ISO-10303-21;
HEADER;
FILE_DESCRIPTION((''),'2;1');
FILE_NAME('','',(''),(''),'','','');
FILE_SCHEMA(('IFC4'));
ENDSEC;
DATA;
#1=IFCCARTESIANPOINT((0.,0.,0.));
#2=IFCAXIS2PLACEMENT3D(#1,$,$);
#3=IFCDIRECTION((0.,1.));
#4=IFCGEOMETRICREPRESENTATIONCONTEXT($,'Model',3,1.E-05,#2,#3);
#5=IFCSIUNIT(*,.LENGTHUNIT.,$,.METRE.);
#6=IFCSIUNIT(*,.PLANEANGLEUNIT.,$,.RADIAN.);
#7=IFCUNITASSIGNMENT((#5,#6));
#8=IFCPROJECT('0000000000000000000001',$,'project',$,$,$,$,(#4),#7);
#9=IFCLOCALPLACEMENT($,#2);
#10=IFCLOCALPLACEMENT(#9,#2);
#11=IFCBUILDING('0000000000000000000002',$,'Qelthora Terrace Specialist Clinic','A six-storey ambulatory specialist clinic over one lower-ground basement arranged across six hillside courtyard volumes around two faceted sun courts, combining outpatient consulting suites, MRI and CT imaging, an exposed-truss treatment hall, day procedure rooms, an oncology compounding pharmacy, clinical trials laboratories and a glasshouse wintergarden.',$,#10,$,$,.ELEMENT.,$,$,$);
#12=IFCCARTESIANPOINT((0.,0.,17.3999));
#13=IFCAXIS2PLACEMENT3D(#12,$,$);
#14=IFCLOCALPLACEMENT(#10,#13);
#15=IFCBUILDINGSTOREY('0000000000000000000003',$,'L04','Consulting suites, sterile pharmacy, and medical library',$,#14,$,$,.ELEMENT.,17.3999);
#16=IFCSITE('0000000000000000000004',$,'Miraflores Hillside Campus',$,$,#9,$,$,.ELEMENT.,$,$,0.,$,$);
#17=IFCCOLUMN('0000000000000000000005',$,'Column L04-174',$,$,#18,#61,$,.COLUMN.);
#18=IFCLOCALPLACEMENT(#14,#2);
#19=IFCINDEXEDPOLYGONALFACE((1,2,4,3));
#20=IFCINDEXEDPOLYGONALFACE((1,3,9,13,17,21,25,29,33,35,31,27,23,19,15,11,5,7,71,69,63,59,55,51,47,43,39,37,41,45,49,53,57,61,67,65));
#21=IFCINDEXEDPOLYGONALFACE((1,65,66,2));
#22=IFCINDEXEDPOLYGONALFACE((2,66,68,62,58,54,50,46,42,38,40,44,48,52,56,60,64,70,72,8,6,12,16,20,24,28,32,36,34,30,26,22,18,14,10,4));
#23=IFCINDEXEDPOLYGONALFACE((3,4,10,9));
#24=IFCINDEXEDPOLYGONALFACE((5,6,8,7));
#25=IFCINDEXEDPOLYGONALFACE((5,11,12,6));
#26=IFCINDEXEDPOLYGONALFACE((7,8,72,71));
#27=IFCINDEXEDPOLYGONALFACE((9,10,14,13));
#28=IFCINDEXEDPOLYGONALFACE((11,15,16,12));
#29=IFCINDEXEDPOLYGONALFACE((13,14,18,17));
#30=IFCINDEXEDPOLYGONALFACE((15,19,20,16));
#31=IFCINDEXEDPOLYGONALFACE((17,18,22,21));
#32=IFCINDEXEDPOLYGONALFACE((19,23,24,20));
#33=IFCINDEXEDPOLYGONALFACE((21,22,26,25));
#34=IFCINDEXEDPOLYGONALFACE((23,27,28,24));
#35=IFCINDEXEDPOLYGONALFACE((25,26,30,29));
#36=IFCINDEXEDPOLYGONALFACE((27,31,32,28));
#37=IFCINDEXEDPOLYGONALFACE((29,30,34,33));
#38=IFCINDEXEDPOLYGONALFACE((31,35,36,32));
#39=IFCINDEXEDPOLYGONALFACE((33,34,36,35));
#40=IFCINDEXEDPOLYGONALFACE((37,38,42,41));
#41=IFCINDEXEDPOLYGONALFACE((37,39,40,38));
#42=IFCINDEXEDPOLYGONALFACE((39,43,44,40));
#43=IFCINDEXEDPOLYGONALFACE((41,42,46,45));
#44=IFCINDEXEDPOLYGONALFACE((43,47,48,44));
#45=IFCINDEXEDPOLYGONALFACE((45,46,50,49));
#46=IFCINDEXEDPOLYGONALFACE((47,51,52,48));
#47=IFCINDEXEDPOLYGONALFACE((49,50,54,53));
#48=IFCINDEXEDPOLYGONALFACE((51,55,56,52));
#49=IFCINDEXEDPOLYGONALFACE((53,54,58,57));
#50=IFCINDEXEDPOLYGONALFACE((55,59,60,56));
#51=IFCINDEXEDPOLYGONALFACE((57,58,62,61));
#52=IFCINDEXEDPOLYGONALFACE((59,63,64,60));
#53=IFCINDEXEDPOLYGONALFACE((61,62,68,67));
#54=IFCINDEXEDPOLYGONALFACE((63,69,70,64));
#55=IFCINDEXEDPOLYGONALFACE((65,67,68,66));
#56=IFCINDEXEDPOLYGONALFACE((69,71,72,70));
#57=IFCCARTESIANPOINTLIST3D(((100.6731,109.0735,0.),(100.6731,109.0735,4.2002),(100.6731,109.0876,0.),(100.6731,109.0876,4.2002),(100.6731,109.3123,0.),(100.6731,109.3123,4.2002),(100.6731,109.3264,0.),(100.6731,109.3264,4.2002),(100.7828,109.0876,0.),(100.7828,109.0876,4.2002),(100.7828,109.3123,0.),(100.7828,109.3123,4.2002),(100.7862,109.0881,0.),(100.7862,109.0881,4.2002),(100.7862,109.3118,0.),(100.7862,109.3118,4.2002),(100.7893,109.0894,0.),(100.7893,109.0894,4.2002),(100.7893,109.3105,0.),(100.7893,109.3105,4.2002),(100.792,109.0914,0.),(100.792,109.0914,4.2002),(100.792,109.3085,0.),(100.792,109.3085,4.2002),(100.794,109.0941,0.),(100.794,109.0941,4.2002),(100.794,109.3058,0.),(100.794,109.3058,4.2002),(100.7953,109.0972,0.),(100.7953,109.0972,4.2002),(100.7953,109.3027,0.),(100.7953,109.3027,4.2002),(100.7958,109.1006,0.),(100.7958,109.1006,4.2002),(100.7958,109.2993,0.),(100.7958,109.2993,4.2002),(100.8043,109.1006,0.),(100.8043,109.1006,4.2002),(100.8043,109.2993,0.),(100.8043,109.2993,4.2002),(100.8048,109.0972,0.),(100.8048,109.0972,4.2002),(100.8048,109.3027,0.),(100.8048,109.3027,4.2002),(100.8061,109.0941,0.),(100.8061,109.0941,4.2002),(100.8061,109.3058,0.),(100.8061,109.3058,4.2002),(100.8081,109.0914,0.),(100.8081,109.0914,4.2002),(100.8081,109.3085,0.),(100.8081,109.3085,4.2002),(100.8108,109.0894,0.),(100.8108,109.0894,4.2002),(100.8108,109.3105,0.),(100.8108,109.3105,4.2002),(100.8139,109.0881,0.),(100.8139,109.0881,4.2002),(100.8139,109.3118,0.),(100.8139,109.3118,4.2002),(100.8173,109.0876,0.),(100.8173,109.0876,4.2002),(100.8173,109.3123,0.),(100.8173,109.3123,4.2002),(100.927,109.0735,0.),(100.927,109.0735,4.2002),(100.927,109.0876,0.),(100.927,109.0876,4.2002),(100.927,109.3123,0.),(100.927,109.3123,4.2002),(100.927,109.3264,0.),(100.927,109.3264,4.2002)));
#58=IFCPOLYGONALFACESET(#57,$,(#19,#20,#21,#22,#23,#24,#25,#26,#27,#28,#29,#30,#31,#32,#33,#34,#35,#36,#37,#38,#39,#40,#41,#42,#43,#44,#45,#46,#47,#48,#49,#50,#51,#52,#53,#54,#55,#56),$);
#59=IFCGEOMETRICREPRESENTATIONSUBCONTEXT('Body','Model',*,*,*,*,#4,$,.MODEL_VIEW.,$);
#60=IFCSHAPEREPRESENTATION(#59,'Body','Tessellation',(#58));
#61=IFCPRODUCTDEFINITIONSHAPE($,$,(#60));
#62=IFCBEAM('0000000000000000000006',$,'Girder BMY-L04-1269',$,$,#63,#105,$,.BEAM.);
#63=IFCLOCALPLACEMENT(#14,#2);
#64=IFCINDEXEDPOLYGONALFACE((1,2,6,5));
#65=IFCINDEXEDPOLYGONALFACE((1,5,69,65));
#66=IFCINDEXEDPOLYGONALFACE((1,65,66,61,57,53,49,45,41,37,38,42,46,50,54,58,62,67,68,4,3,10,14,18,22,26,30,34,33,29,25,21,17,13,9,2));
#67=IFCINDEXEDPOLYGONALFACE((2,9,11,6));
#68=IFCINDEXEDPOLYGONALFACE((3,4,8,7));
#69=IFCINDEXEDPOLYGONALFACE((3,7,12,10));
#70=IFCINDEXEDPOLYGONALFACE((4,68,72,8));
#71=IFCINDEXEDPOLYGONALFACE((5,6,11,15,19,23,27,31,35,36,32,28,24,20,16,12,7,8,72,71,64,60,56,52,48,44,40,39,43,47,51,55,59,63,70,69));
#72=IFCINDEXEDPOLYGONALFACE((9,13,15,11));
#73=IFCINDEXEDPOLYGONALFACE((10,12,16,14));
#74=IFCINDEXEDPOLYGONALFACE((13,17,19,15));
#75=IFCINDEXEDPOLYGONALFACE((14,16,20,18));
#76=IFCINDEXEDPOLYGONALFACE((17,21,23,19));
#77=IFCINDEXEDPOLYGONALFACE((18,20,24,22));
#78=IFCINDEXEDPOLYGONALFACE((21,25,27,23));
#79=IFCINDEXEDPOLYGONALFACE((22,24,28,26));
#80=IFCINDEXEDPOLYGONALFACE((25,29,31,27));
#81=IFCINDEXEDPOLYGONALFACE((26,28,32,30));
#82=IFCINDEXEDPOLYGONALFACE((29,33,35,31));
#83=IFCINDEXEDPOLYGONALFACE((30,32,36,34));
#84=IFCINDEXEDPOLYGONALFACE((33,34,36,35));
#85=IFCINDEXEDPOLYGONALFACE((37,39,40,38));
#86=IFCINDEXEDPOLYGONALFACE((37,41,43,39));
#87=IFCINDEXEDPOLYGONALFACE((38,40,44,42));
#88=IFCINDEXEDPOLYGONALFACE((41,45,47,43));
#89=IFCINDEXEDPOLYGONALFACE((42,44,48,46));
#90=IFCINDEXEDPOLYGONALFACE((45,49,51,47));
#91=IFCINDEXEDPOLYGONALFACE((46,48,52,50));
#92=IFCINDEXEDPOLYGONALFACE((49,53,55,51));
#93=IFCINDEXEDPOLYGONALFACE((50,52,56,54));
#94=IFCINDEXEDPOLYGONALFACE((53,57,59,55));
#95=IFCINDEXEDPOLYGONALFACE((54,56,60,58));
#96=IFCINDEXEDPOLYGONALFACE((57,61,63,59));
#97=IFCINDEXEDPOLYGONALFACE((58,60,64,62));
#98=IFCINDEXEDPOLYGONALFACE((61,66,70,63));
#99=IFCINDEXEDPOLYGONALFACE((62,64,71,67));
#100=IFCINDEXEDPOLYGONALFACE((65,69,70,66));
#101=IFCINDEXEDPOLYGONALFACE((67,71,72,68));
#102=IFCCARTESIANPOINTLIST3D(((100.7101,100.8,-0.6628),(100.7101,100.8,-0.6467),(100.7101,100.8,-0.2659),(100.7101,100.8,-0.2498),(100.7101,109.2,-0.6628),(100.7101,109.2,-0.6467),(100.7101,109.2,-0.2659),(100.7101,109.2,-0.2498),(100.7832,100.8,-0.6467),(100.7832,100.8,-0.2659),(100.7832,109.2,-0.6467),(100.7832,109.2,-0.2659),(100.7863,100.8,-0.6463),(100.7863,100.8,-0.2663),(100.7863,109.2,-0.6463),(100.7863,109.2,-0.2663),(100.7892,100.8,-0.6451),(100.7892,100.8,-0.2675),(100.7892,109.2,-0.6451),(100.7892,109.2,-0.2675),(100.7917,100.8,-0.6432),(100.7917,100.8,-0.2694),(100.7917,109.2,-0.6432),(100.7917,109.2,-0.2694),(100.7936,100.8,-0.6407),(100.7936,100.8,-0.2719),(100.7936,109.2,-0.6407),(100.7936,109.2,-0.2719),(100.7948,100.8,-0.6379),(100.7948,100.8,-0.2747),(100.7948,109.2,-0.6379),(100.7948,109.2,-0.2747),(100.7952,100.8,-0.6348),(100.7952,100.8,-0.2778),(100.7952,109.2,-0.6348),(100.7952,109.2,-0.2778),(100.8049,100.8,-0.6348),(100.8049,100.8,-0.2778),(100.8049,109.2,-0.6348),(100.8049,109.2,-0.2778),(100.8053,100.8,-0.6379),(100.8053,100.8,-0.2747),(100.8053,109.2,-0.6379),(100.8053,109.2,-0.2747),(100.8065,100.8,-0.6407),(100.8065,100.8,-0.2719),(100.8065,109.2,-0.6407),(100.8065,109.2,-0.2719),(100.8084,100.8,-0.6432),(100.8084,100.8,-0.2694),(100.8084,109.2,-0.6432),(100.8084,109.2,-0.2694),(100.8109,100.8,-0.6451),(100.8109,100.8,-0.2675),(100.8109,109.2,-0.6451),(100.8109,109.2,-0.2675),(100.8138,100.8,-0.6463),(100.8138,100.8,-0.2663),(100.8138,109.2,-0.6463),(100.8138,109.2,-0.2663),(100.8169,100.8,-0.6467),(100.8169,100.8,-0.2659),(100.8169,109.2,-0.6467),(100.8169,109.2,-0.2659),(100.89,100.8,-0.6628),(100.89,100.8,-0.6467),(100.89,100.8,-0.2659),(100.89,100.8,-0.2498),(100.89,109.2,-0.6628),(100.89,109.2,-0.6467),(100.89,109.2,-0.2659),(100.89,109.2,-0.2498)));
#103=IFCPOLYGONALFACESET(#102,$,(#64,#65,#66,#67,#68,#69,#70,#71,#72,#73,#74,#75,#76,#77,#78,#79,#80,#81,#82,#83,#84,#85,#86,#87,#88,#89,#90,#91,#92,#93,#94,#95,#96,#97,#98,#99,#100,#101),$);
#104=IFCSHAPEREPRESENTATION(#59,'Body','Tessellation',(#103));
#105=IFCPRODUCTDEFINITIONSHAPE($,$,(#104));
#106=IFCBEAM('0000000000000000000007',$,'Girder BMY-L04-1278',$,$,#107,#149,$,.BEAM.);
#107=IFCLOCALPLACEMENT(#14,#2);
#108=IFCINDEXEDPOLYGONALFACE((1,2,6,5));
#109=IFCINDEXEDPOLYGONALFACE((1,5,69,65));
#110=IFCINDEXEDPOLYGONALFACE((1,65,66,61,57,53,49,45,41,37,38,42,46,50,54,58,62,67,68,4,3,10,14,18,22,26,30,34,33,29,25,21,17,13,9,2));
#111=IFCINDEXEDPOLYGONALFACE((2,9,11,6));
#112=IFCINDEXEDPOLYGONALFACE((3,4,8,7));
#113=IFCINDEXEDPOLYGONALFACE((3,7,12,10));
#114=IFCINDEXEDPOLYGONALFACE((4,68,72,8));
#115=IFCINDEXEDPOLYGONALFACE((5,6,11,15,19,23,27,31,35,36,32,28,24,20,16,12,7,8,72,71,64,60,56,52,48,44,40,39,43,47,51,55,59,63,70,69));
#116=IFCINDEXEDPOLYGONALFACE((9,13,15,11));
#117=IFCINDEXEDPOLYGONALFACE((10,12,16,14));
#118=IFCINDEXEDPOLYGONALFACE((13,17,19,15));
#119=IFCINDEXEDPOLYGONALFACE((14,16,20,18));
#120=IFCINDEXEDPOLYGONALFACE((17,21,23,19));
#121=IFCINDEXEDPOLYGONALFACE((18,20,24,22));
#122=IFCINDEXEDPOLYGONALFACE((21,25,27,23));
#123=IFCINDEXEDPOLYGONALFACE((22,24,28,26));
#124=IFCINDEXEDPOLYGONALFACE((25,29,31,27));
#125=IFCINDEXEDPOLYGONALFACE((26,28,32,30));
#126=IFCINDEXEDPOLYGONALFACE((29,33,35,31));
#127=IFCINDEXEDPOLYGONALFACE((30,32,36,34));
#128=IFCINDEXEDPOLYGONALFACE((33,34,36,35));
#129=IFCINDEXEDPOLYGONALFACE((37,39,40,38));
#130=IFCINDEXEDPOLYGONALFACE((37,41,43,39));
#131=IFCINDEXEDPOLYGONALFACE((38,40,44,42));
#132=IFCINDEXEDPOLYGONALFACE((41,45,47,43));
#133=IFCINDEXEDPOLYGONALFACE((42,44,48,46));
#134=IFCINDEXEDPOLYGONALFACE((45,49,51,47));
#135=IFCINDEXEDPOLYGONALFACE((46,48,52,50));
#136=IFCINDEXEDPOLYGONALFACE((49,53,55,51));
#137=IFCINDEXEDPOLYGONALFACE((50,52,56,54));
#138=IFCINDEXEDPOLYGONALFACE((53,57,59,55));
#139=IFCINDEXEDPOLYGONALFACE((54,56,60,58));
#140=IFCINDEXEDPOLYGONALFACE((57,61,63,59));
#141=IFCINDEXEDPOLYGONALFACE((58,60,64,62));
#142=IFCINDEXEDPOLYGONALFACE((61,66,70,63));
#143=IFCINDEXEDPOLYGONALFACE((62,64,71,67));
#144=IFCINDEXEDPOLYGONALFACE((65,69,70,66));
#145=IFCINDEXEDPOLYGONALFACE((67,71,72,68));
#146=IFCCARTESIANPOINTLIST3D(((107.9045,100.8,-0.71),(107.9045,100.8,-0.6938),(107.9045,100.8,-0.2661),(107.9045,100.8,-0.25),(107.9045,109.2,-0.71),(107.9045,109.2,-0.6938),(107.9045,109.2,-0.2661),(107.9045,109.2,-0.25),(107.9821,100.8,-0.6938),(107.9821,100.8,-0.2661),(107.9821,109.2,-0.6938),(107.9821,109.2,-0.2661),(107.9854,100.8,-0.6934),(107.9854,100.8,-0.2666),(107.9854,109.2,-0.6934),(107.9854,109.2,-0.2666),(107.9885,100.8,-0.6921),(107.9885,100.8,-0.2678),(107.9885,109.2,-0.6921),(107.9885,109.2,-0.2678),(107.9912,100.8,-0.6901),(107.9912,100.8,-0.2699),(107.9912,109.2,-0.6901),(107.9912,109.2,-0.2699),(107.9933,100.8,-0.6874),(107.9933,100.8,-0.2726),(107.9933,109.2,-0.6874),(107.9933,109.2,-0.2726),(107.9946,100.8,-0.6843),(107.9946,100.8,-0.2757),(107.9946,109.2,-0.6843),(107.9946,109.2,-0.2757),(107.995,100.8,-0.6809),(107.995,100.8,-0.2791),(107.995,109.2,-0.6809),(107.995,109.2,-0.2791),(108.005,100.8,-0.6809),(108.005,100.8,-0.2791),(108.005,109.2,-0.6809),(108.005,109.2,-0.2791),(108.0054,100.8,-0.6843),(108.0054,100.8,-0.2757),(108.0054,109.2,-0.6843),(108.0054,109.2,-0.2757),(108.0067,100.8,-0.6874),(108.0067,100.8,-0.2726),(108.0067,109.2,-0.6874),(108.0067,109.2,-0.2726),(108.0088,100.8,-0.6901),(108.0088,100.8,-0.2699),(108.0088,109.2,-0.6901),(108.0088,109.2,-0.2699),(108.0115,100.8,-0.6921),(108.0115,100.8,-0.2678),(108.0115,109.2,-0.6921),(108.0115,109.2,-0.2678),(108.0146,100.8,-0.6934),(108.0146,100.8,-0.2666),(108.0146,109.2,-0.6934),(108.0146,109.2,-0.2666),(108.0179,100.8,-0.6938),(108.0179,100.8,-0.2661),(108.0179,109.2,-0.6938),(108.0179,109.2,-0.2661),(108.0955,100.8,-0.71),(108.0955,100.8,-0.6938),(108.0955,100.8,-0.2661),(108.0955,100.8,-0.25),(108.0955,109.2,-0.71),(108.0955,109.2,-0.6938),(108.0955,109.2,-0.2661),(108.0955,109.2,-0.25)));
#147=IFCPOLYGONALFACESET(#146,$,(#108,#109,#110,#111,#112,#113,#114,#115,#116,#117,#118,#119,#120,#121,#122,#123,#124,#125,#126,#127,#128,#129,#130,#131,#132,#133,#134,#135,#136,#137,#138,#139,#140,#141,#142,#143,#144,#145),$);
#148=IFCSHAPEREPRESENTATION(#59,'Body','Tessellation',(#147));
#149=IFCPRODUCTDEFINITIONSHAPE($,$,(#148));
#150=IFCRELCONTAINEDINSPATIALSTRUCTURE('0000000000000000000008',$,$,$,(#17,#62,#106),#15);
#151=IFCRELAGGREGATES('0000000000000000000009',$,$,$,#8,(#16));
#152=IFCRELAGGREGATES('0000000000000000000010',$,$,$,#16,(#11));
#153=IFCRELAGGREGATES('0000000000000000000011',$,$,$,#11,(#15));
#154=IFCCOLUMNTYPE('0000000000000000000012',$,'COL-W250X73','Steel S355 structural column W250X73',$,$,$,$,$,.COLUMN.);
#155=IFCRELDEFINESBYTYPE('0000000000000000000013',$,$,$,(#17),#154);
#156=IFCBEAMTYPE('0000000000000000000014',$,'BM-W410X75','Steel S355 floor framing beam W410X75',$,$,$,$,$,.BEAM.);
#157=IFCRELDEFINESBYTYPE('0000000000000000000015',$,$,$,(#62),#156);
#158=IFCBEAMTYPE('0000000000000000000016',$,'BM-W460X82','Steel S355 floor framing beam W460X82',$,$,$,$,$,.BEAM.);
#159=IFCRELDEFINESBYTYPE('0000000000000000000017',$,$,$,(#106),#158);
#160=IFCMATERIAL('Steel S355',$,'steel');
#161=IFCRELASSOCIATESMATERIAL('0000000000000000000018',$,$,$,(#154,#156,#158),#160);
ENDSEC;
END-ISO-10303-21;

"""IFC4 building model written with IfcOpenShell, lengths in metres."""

from ifc_helpers import new_model, si_unit, direction, frame, origin, origin_2d, place, context, subcontext, project, spatial, i_section, extrude, material, material_profile, profile_set, type_object, element, save


model = new_model("IFC4")

# Units and contexts
model_context = context("Model", 3, precision=1e-05, world=origin(), true_north=direction((0.0, 1.0)))
body_context = subcontext(model_context, "Body", "Model", "MODEL_VIEW")
ifc_project = project(units=[si_unit("LENGTHUNIT", "METRE"), si_unit("PLANEANGLEUNIT", "RADIAN")], contexts=[model_context])

# Site, building, storey
site_placement = place(None, origin())
site = spatial("IfcSite", under=ifc_project, at=site_placement, Name="Miraflores Hillside Campus", CompositionType="ELEMENT", RefElevation=0.0)
building_placement = place(site_placement, origin())
building = spatial("IfcBuilding", under=site, at=building_placement, Name="Qelthora Terrace Specialist Clinic", Description="A six-storey ambulatory specialist clinic over one lower-ground basement arranged across six hillside courtyard volumes around two faceted sun courts, combining outpatient consulting suites, MRI and CT imaging, an exposed-truss treatment hall, day procedure rooms, an oncology compounding pharmacy, clinical trials laboratories and a glasshouse wintergarden.", CompositionType="ELEMENT")
storey_placement = place(building_placement, frame((0.0, 0.0, 17.3999)))
storey = spatial("IfcBuildingStorey", under=building, at=storey_placement, Name="L04", Description="Consulting suites, sterile pharmacy, and medical library", CompositionType="ELEMENT", Elevation=17.3999)

# Column
ifc_material_1 = material(Name="Steel S355", Category="steel")
ifc_material_profile_1 = material_profile(ifc_material_1, i_section(OverallWidth=0.2539, OverallDepth=0.2529, WebThickness=0.0085, FlangeThickness=0.0142, FilletRadius=0.0129, at=origin_2d()), Name="W250X73")
ifc_profile_set_1 = profile_set([ifc_material_profile_1], Name="Steel S355")
column_type = type_object("IfcColumnType", Name="COL-W250X73", Description="Steel S355 structural column W250X73", PredefinedType="COLUMN", material=ifc_profile_set_1)
column_placement = place(storey_placement, frame((100.8, 109.2, 0.0), z_axis=(0.0, 0.0, 1.0), x_axis=(1.0, 0.0, 0.0)))
element("IfcColumn", 1, at=column_placement, inside=storey, type_object=column_type, Name="Column L04-174", PredefinedType="COLUMN", context=body_context, shape_type="SweptSolid", body=[
    extrude(i_section(OverallWidth=0.2539, OverallDepth=0.2529, WebThickness=0.0085, FlangeThickness=0.0142, FilletRadius=0.0129, at=origin_2d()), origin(), (0.0, 0.0, 1.0), 4.2002),
])

# Beams
ifc_material_profile_2 = material_profile(ifc_material_1, i_section(OverallWidth=0.1799, OverallDepth=0.4131, WebThickness=0.0098, FlangeThickness=0.0161, FilletRadius=0.012, at=origin_2d()), Name="W410X75")
ifc_profile_set_2 = profile_set([ifc_material_profile_2], Name="Steel S355")
beam_type_1 = type_object("IfcBeamType", Name="BM-W410X75", Description="Steel S355 floor framing beam W410X75", PredefinedType="BEAM", material=ifc_profile_set_2)
beam_1_placement = place(storey_placement, frame((100.8, 100.8, -0.4563), z_axis=(0.0, 1.0, 0.0), x_axis=(-1.0, 0.0, 0.0)))
element("IfcBeam", 2, at=beam_1_placement, inside=storey, type_object=beam_type_1, Name="Girder BMY-L04-1269", PredefinedType="BEAM", context=body_context, shape_type="SweptSolid", body=[
    extrude(i_section(OverallWidth=0.1799, OverallDepth=0.4131, WebThickness=0.0098, FlangeThickness=0.0161, FilletRadius=0.012, at=origin_2d()), origin(), (0.0, 0.0, 1.0), 8.3999),
])
ifc_material_profile_3 = material_profile(ifc_material_1, i_section(OverallWidth=0.1909, OverallDepth=0.46, WebThickness=0.01, FlangeThickness=0.0161, FilletRadius=0.0129, at=origin_2d()), Name="W460X82")
ifc_profile_set_3 = profile_set([ifc_material_profile_3], Name="Steel S355")
beam_type_2 = type_object("IfcBeamType", Name="BM-W460X82", Description="Steel S355 floor framing beam W460X82", PredefinedType="BEAM", material=ifc_profile_set_3)
beam_2_placement = place(storey_placement, frame((108.0, 100.8, -0.48), z_axis=(0.0, 1.0, 0.0), x_axis=(-1.0, 0.0, 0.0)))
element("IfcBeam", 3, at=beam_2_placement, inside=storey, type_object=beam_type_2, Name="Girder BMY-L04-1278", PredefinedType="BEAM", context=body_context, shape_type="SweptSolid", body=[
    extrude(i_section(OverallWidth=0.1909, OverallDepth=0.46, WebThickness=0.01, FlangeThickness=0.0161, FilletRadius=0.0129, at=origin_2d()), origin(), (0.0, 0.0, 1.0), 8.3999),
])

save(model, "model.ifc")
